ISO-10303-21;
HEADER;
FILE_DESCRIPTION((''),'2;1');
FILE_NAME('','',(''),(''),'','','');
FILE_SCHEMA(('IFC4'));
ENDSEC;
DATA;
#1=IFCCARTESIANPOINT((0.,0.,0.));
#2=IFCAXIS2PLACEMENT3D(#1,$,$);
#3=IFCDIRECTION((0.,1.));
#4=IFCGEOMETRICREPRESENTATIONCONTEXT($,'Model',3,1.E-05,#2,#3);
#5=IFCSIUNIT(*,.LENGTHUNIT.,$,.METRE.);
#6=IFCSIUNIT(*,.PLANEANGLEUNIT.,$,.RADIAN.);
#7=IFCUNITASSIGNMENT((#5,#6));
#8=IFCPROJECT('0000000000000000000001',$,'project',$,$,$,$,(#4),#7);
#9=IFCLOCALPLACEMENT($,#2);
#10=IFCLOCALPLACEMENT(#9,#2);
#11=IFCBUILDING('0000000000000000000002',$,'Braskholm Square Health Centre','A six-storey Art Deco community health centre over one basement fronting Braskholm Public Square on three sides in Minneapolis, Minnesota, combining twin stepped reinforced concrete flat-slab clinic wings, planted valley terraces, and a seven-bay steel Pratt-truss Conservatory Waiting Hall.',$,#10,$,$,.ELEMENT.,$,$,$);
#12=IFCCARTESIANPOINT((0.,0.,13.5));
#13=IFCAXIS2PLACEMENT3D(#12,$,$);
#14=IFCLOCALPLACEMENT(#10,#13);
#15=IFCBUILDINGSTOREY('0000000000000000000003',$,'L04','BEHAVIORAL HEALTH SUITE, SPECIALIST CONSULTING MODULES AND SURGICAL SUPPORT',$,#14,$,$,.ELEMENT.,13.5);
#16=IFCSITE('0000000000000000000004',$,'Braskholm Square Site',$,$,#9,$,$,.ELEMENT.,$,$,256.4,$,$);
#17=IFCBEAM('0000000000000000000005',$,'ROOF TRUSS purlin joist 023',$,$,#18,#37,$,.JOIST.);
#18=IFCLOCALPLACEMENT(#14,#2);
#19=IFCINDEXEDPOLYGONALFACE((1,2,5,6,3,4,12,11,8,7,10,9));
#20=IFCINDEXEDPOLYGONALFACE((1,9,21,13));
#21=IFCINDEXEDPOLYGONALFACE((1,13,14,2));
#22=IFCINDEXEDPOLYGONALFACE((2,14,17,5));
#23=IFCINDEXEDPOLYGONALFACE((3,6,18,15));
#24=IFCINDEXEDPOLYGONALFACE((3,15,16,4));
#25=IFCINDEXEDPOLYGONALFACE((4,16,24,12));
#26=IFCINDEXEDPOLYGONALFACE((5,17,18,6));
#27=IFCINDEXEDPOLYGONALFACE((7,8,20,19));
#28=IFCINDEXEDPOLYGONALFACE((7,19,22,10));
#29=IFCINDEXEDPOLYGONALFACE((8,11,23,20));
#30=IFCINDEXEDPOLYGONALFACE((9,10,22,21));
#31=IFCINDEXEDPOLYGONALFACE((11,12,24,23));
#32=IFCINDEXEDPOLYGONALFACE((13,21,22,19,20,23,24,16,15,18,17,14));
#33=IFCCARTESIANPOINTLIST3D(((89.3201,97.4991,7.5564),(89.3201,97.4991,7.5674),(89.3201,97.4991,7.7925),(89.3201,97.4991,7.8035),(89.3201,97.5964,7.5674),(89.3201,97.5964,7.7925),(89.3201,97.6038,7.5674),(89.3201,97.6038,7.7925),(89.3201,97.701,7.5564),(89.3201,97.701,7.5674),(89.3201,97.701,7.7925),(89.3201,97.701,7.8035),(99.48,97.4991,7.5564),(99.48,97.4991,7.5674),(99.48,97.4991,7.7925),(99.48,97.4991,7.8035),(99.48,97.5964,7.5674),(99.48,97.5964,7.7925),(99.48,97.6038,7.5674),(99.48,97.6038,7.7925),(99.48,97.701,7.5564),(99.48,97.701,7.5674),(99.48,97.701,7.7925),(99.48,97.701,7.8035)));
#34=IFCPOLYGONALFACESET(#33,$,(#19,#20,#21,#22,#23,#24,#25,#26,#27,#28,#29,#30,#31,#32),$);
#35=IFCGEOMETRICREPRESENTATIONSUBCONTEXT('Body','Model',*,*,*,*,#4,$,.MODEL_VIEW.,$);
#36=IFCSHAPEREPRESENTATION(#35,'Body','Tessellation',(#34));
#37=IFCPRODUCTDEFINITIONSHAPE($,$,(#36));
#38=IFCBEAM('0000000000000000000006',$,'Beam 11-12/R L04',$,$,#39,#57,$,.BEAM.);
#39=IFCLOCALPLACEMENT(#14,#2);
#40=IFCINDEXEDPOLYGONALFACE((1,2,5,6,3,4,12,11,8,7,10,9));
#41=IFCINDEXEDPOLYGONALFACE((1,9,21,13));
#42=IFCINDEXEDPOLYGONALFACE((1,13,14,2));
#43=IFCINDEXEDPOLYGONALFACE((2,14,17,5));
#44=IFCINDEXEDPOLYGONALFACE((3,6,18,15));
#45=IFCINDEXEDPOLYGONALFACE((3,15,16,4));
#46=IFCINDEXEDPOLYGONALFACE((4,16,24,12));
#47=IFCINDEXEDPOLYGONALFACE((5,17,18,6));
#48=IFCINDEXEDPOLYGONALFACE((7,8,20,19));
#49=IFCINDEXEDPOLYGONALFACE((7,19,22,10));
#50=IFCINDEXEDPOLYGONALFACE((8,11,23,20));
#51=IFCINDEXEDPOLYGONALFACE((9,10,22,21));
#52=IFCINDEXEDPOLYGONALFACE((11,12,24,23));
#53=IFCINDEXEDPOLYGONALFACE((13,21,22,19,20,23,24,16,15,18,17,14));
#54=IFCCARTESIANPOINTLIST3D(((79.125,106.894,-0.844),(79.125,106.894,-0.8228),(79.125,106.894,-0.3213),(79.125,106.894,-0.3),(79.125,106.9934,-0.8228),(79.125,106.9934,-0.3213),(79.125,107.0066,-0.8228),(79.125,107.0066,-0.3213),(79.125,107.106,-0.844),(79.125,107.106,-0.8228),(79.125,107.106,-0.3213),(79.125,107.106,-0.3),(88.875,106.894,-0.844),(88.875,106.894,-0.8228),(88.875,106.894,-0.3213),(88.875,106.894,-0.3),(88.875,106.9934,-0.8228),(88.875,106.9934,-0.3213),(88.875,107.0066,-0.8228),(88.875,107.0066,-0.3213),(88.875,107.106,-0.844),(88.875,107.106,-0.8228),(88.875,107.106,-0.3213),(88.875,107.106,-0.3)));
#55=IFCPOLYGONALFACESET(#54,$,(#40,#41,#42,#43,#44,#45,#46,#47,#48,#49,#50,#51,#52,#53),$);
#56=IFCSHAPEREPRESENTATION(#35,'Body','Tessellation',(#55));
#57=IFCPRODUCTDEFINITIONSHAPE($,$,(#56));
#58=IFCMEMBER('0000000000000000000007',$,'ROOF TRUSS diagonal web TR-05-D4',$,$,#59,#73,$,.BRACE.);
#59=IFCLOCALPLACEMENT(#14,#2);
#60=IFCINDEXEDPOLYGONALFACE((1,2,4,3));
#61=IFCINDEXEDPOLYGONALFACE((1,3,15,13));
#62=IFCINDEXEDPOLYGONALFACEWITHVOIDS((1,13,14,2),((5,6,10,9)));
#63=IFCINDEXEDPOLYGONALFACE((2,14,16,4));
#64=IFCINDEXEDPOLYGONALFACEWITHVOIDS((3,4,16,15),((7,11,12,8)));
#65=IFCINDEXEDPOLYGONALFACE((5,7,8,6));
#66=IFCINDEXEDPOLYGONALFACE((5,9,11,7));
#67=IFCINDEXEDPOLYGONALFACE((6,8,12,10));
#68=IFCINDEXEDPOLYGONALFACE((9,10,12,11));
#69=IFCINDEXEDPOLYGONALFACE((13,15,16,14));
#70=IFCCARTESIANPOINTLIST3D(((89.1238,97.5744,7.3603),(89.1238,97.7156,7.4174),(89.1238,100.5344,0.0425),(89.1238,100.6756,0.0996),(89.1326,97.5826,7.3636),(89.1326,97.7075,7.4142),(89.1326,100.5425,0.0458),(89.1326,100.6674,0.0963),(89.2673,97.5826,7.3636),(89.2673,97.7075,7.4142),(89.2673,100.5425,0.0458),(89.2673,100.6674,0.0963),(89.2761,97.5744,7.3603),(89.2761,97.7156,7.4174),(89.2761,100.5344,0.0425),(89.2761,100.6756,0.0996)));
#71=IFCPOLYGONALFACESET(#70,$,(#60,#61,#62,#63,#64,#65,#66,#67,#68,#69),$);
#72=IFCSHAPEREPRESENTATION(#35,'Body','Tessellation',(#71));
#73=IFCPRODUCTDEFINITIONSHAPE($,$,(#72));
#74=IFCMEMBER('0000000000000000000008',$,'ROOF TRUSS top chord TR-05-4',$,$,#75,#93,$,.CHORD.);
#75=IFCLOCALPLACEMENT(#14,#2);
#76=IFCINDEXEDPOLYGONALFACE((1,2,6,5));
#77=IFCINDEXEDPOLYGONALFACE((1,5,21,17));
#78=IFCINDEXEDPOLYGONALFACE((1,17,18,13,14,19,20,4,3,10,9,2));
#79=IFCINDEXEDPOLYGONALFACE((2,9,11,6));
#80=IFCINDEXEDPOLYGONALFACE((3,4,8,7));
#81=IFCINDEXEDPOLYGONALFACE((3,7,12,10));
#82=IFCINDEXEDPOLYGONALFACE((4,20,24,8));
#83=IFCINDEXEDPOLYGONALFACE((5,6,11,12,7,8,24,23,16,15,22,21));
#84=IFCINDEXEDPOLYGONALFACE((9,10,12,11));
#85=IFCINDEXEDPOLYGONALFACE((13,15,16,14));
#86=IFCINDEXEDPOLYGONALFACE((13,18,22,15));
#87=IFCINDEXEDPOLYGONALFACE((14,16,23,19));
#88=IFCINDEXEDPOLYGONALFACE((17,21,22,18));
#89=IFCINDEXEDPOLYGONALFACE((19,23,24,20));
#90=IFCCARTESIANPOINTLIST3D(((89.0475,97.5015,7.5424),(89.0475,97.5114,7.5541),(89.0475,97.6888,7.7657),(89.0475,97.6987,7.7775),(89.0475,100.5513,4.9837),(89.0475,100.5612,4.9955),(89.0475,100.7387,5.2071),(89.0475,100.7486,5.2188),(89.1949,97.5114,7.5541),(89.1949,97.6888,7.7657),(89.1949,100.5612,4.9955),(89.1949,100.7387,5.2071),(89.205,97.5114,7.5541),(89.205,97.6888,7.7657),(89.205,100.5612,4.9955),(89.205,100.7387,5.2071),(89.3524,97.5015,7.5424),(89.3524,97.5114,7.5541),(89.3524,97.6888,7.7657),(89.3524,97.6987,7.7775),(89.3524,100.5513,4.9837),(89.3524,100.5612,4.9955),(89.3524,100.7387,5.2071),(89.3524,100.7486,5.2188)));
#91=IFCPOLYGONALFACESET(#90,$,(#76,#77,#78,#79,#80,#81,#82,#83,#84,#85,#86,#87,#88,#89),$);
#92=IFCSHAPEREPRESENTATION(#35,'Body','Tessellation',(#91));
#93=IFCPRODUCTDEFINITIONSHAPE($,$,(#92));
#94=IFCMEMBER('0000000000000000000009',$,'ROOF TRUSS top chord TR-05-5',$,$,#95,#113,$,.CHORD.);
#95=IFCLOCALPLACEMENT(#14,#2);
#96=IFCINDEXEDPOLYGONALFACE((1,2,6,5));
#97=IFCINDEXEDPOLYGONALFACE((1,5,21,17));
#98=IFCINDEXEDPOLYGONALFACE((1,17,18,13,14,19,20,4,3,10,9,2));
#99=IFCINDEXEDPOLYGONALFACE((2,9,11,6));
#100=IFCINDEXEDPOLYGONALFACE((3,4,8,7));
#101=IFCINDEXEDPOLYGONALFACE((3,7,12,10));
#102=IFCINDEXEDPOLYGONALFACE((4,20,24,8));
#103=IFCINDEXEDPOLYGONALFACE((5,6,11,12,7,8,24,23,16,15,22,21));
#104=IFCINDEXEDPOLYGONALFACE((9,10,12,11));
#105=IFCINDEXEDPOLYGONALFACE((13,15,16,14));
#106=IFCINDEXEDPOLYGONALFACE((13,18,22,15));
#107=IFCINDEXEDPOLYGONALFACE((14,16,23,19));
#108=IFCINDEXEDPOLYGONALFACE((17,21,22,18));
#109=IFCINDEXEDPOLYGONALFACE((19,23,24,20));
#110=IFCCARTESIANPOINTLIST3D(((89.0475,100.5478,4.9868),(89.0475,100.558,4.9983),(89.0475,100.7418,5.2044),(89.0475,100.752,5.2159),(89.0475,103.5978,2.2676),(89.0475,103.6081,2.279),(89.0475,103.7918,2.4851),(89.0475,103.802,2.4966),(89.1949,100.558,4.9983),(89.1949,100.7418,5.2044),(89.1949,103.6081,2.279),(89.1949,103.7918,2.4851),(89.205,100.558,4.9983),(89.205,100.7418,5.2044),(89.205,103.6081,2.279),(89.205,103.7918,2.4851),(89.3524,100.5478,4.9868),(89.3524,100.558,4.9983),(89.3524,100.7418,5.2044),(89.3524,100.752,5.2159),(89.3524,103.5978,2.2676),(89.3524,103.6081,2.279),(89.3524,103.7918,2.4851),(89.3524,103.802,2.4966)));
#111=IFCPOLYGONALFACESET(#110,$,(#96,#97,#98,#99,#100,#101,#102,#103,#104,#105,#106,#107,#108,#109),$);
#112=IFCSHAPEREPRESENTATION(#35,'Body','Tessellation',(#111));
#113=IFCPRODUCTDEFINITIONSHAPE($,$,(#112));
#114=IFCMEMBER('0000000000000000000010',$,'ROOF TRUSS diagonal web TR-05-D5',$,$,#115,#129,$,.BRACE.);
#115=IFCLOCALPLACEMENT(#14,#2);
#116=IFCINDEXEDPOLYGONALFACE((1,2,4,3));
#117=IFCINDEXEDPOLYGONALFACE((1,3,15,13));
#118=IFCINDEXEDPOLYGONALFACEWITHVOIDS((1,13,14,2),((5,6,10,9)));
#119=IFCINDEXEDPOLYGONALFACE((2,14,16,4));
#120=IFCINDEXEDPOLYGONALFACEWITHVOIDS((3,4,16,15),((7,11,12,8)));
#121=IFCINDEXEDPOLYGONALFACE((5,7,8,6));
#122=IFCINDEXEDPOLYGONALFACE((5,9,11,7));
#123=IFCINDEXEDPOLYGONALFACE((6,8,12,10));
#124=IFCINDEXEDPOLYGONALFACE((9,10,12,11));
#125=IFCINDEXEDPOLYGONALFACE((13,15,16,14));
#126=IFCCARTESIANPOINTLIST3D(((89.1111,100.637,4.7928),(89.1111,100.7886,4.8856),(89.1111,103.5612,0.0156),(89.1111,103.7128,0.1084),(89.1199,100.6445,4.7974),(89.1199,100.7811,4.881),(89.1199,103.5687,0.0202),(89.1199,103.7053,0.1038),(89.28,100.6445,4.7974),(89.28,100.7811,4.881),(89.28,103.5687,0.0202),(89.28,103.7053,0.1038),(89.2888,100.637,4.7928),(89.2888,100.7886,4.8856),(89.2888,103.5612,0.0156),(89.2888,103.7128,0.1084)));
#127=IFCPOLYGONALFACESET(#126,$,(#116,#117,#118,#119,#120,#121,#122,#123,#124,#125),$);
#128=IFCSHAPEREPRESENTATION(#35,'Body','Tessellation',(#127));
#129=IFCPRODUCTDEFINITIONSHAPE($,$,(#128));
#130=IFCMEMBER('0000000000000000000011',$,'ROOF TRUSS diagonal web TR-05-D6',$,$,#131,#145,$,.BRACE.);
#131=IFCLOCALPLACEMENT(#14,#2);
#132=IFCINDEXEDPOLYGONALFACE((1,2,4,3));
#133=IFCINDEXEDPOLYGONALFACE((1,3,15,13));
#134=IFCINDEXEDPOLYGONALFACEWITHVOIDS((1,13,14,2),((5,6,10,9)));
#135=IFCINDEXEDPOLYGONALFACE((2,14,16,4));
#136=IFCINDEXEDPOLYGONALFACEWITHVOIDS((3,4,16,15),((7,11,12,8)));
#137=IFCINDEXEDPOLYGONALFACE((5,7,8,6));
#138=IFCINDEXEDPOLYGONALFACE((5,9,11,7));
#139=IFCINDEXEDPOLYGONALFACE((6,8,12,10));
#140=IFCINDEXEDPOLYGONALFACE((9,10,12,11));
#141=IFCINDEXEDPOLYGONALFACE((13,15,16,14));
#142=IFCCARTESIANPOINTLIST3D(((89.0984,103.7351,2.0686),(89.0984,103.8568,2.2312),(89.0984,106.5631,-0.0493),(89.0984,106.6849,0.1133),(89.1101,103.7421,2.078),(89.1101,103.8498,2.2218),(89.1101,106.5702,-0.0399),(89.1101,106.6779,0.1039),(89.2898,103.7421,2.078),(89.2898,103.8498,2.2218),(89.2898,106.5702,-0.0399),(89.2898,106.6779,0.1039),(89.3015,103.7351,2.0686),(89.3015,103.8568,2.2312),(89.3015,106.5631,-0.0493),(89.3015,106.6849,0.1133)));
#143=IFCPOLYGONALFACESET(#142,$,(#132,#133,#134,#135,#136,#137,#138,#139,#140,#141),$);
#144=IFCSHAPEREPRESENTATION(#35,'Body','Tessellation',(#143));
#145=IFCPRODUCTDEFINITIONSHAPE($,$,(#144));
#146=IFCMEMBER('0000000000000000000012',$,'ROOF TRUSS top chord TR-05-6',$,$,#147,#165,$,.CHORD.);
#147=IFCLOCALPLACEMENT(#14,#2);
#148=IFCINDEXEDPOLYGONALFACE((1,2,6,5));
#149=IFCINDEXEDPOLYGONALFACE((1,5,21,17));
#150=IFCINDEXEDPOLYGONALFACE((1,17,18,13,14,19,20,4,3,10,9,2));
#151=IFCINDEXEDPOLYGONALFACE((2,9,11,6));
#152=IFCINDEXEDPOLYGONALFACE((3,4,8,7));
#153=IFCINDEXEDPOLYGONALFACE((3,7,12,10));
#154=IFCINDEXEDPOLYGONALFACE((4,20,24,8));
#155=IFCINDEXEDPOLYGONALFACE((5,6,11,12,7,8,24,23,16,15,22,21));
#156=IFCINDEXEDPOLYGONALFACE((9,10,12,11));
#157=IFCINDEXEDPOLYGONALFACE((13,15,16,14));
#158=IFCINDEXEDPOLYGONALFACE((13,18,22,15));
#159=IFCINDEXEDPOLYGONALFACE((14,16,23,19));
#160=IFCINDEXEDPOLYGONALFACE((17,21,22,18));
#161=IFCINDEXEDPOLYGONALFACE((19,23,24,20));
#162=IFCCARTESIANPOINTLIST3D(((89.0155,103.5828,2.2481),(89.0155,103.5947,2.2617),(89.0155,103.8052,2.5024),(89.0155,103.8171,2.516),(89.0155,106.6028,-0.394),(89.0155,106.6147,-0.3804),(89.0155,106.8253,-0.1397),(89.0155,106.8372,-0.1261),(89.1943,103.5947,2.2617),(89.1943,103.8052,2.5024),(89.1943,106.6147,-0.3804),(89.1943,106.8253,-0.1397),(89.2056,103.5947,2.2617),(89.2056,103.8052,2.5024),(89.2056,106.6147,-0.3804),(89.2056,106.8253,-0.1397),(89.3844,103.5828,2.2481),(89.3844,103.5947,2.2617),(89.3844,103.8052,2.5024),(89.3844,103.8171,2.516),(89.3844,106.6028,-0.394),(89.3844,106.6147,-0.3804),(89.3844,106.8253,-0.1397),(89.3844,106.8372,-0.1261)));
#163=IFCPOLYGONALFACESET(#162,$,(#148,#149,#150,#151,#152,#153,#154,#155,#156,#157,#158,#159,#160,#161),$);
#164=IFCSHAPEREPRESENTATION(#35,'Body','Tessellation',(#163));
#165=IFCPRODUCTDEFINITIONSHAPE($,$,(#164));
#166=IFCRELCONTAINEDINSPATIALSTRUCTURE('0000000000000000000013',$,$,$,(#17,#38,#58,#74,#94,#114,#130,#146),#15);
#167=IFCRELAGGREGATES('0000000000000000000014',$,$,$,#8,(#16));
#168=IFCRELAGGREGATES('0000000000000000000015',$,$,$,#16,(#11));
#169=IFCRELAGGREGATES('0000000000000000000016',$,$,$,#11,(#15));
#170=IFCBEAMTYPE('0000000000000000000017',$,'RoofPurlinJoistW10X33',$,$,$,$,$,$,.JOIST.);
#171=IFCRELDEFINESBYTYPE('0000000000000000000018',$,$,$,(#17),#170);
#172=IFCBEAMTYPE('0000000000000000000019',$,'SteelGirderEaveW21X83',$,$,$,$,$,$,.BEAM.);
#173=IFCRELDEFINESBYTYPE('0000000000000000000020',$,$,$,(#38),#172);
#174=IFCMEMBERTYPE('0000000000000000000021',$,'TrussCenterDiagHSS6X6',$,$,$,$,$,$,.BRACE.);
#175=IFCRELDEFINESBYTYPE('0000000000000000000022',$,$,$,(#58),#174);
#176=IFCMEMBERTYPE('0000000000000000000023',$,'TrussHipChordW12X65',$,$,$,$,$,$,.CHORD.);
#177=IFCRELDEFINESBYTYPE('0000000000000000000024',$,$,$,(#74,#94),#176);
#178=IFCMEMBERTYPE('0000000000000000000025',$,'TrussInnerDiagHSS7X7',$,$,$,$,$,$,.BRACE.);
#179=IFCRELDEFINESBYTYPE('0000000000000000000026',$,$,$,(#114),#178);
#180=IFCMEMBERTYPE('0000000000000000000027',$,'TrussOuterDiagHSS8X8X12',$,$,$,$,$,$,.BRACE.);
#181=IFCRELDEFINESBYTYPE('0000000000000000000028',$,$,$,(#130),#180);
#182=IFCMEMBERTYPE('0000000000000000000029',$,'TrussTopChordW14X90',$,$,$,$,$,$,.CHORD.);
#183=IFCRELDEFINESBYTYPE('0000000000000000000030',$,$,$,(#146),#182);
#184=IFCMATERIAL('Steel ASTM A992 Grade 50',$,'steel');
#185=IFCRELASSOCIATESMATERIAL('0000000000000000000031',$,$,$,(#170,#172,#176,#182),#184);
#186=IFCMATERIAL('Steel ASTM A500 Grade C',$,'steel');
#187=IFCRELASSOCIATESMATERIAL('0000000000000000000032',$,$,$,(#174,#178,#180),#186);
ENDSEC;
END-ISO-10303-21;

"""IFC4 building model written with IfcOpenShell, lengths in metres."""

from ifc_helpers import new_model, si_unit, direction, frame, origin, origin_2d, place, context, subcontext, project, spatial, hollow_rectangle, i_section, extrude, material, material_profile, profile_set, type_object, element, save


model = new_model("IFC4")

# Units and contexts
model_context = context("Model", 3, precision=1e-05, world=origin(), true_north=direction((0.0, 1.0)))
body_context = subcontext(model_context, "Body", "Model", "MODEL_VIEW")
ifc_project = project(units=[si_unit("LENGTHUNIT", "METRE"), si_unit("PLANEANGLEUNIT", "RADIAN")], contexts=[model_context])

# Site, building, storey
site_placement = place(None, origin())
site = spatial("IfcSite", under=ifc_project, at=site_placement, Name="Braskholm Square Site", CompositionType="ELEMENT", RefElevation=256.4)
building_placement = place(site_placement, origin())
building = spatial("IfcBuilding", under=site, at=building_placement, Name="Braskholm Square Health Centre", Description="A six-storey Art Deco community health centre over one basement fronting Braskholm Public Square on three sides in Minneapolis, Minnesota, combining twin stepped reinforced concrete flat-slab clinic wings, planted valley terraces, and a seven-bay steel Pratt-truss Conservatory Waiting Hall.", CompositionType="ELEMENT")
storey_placement = place(building_placement, frame((0.0, 0.0, 13.5)))
storey = spatial("IfcBuildingStorey", under=building, at=storey_placement, Name="L04", Description="BEHAVIORAL HEALTH SUITE, SPECIALIST CONSULTING MODULES AND SURGICAL SUPPORT", CompositionType="ELEMENT", Elevation=13.5)

# Beams
ifc_material_1 = material(Name="Steel ASTM A992 Grade 50", Category="steel")
ifc_material_profile_1 = material_profile(ifc_material_1, i_section(OverallWidth=0.2019, OverallDepth=0.2471, WebThickness=0.0073, FlangeThickness=0.011, at=origin_2d()), Name="W10X33")
ifc_profile_set_1 = profile_set([ifc_material_profile_1], Name="Steel ASTM A992 Grade 50")
beam_type_1 = type_object("IfcBeamType", Name="RoofPurlinJoistW10X33", PredefinedType="JOIST", material=ifc_profile_set_1)
beam_1_placement = place(storey_placement, frame((89.3201, 97.6001, 7.6799), z_axis=(1.0, 0.0, 0.0), x_axis=(0.0, 1.0, 0.0)))
element("IfcBeam", 1, at=beam_1_placement, inside=storey, type_object=beam_type_1, Name="ROOF TRUSS purlin joist 023", PredefinedType="JOIST", context=body_context, shape_type="SweptSolid", body=[
    extrude(i_section(OverallWidth=0.2019, OverallDepth=0.2471, WebThickness=0.0073, FlangeThickness=0.011, at=origin_2d()), origin(), (0.0, 0.0, 1.0), 10.1599),
])
ifc_material_profile_2 = material_profile(ifc_material_1, i_section(OverallWidth=0.2119, OverallDepth=0.5439, WebThickness=0.0132, FlangeThickness=0.0212, at=origin_2d()), Name="W21X83")
ifc_profile_set_2 = profile_set([ifc_material_profile_2], Name="Steel ASTM A992 Grade 50")
beam_type_2 = type_object("IfcBeamType", Name="SteelGirderEaveW21X83", PredefinedType="BEAM", material=ifc_profile_set_2)
beam_2_placement = place(storey_placement, frame((79.125, 107.0, -0.572), z_axis=(1.0, 0.0, 0.0), x_axis=(0.0, 1.0, 0.0)))
element("IfcBeam", 2, at=beam_2_placement, inside=storey, type_object=beam_type_2, Name="Beam 11-12/R L04", PredefinedType="BEAM", context=body_context, shape_type="SweptSolid", body=[
    extrude(i_section(OverallWidth=0.2119, OverallDepth=0.5439, WebThickness=0.0132, FlangeThickness=0.0212, at=origin_2d()), origin(), (0.0, 0.0, 1.0), 9.75),
])

# Members
ifc_material_2 = material(Name="Steel ASTM A500 Grade C", Category="steel")
ifc_material_profile_3 = material_profile(ifc_material_2, hollow_rectangle(XDim=0.1523, YDim=0.1523, WallThickness=0.0088, at=origin_2d()), Name="HSS6X6X3/8")
ifc_profile_set_3 = profile_set([ifc_material_profile_3], Name="Steel ASTM A500 Grade C")
member_type_1 = type_object("IfcMemberType", Name="TrussCenterDiagHSS6X6", PredefinedType="BRACE", material=ifc_profile_set_3)
member_1_placement = place(storey_placement, frame((89.2, 100.605, 0.071), z_axis=(0.0, -0.374971, 0.927036), x_axis=(1.0, 0.0, 0.0)))
element("IfcMember", 3, at=member_1_placement, inside=storey, type_object=member_type_1, Name="ROOF TRUSS diagonal web TR-05-D4", PredefinedType="BRACE", context=body_context, shape_type="SweptSolid", body=[
    extrude(hollow_rectangle(XDim=0.1523, YDim=0.1523, WallThickness=0.0088, at=origin_2d()), origin(), (0.0, 0.0, 1.0), 7.8938),
])
ifc_material_profile_4 = material_profile(ifc_material_1, i_section(OverallWidth=0.3049, OverallDepth=0.3069, WebThickness=0.01, FlangeThickness=0.0154, at=origin_2d()), Name="W12X65")
ifc_profile_set_4 = profile_set([ifc_material_profile_4], Name="Steel ASTM A992 Grade 50")
member_type_2 = type_object("IfcMemberType", Name="TrussHipChordW12X65", PredefinedType="CHORD", material=ifc_profile_set_4)
member_2_placement = place(storey_placement, frame((89.2, 97.6001, 7.6599), z_axis=(0.0, 0.766106, -0.642714), x_axis=(-1.0, 0.0, 0.0)))
element("IfcMember", 4, at=member_2_placement, inside=storey, type_object=member_type_2, Name="ROOF TRUSS top chord TR-05-4", PredefinedType="CHORD", context=body_context, shape_type="SweptSolid", body=[
    extrude(i_section(OverallWidth=0.3049, OverallDepth=0.3069, WebThickness=0.01, FlangeThickness=0.0154, at=origin_2d()), origin(), (0.0, 0.0, 1.0), 3.981),
])
member_3_placement = place(storey_placement, frame((89.2, 100.6499, 5.1013), z_axis=(0.0, 0.746426, -0.665468), x_axis=(-1.0, 0.0, 0.0)))
element("IfcMember", 5, at=member_3_placement, inside=storey, type_object=member_type_2, Name="ROOF TRUSS top chord TR-05-5", PredefinedType="CHORD", context=body_context, shape_type="SweptSolid", body=[
    extrude(i_section(OverallWidth=0.3049, OverallDepth=0.3069, WebThickness=0.01, FlangeThickness=0.0154, at=origin_2d()), origin(), (0.0, 0.0, 1.0), 4.0862),
])
ifc_material_profile_5 = material_profile(ifc_material_2, hollow_rectangle(XDim=0.1777, YDim=0.1777, WallThickness=0.0088, at=origin_2d()), Name="HSS7X7X3/8")
ifc_profile_set_5 = profile_set([ifc_material_profile_5], Name="Steel ASTM A500 Grade C")
member_type_3 = type_object("IfcMemberType", Name="TrussInnerDiagHSS7X7", PredefinedType="BRACE", material=ifc_profile_set_5)
member_4_placement = place(storey_placement, frame((89.2, 103.637, 0.062), z_axis=(0.0, -0.522065, 0.852906), x_axis=(1.0, 0.0, 0.0)))
element("IfcMember", 6, at=member_4_placement, inside=storey, type_object=member_type_3, Name="ROOF TRUSS diagonal web TR-05-D5", PredefinedType="BRACE", context=body_context, shape_type="SweptSolid", body=[
    extrude(hollow_rectangle(XDim=0.1777, YDim=0.1777, WallThickness=0.0088, at=origin_2d()), origin(), (0.0, 0.0, 1.0), 5.6011),
])
ifc_material_profile_6 = material_profile(ifc_material_2, hollow_rectangle(XDim=0.2031, YDim=0.2031, WallThickness=0.0117, at=origin_2d()), Name="HSS8X8X1/2")
ifc_profile_set_6 = profile_set([ifc_material_profile_6], Name="Steel ASTM A500 Grade C")
member_type_4 = type_object("IfcMemberType", Name="TrussOuterDiagHSS8X8X12", PredefinedType="BRACE", material=ifc_profile_set_6)
member_5_placement = place(storey_placement, frame((89.2, 106.624, 0.032), z_axis=(0.0, -0.800431, 0.599425), x_axis=(1.0, 0.0, 0.0)))
element("IfcMember", 7, at=member_5_placement, inside=storey, type_object=member_type_4, Name="ROOF TRUSS diagonal web TR-05-D6", PredefinedType="BRACE", context=body_context, shape_type="SweptSolid", body=[
    extrude(hollow_rectangle(XDim=0.2031, YDim=0.2031, WallThickness=0.0117, at=origin_2d()), origin(), (0.0, 0.0, 1.0), 3.5332),
])
ifc_material_profile_7 = material_profile(ifc_material_1, i_section(OverallWidth=0.3689, OverallDepth=0.356, WebThickness=0.0112, FlangeThickness=0.0181, at=origin_2d()), Name="W14X90")
ifc_profile_set_7 = profile_set([ifc_material_profile_7], Name="Steel ASTM A992 Grade 50")
member_type_5 = type_object("IfcMemberType", Name="TrussTopChordW14X90", PredefinedType="CHORD", material=ifc_profile_set_7)
member_6_placement = place(storey_placement, frame((89.2, 103.7, 2.3821), z_axis=(0.0, 0.752629, -0.658444), x_axis=(-1.0, 0.0, 0.0)))
element("IfcMember", 8, at=member_6_placement, inside=storey, type_object=member_type_5, Name="ROOF TRUSS top chord TR-05-6", PredefinedType="CHORD", context=body_context, shape_type="SweptSolid", body=[
    extrude(i_section(OverallWidth=0.3689, OverallDepth=0.356, WebThickness=0.0112, FlangeThickness=0.0181, at=origin_2d()), origin(), (0.0, 0.0, 1.0), 4.0127),
])

save(model, "model.ifc")
